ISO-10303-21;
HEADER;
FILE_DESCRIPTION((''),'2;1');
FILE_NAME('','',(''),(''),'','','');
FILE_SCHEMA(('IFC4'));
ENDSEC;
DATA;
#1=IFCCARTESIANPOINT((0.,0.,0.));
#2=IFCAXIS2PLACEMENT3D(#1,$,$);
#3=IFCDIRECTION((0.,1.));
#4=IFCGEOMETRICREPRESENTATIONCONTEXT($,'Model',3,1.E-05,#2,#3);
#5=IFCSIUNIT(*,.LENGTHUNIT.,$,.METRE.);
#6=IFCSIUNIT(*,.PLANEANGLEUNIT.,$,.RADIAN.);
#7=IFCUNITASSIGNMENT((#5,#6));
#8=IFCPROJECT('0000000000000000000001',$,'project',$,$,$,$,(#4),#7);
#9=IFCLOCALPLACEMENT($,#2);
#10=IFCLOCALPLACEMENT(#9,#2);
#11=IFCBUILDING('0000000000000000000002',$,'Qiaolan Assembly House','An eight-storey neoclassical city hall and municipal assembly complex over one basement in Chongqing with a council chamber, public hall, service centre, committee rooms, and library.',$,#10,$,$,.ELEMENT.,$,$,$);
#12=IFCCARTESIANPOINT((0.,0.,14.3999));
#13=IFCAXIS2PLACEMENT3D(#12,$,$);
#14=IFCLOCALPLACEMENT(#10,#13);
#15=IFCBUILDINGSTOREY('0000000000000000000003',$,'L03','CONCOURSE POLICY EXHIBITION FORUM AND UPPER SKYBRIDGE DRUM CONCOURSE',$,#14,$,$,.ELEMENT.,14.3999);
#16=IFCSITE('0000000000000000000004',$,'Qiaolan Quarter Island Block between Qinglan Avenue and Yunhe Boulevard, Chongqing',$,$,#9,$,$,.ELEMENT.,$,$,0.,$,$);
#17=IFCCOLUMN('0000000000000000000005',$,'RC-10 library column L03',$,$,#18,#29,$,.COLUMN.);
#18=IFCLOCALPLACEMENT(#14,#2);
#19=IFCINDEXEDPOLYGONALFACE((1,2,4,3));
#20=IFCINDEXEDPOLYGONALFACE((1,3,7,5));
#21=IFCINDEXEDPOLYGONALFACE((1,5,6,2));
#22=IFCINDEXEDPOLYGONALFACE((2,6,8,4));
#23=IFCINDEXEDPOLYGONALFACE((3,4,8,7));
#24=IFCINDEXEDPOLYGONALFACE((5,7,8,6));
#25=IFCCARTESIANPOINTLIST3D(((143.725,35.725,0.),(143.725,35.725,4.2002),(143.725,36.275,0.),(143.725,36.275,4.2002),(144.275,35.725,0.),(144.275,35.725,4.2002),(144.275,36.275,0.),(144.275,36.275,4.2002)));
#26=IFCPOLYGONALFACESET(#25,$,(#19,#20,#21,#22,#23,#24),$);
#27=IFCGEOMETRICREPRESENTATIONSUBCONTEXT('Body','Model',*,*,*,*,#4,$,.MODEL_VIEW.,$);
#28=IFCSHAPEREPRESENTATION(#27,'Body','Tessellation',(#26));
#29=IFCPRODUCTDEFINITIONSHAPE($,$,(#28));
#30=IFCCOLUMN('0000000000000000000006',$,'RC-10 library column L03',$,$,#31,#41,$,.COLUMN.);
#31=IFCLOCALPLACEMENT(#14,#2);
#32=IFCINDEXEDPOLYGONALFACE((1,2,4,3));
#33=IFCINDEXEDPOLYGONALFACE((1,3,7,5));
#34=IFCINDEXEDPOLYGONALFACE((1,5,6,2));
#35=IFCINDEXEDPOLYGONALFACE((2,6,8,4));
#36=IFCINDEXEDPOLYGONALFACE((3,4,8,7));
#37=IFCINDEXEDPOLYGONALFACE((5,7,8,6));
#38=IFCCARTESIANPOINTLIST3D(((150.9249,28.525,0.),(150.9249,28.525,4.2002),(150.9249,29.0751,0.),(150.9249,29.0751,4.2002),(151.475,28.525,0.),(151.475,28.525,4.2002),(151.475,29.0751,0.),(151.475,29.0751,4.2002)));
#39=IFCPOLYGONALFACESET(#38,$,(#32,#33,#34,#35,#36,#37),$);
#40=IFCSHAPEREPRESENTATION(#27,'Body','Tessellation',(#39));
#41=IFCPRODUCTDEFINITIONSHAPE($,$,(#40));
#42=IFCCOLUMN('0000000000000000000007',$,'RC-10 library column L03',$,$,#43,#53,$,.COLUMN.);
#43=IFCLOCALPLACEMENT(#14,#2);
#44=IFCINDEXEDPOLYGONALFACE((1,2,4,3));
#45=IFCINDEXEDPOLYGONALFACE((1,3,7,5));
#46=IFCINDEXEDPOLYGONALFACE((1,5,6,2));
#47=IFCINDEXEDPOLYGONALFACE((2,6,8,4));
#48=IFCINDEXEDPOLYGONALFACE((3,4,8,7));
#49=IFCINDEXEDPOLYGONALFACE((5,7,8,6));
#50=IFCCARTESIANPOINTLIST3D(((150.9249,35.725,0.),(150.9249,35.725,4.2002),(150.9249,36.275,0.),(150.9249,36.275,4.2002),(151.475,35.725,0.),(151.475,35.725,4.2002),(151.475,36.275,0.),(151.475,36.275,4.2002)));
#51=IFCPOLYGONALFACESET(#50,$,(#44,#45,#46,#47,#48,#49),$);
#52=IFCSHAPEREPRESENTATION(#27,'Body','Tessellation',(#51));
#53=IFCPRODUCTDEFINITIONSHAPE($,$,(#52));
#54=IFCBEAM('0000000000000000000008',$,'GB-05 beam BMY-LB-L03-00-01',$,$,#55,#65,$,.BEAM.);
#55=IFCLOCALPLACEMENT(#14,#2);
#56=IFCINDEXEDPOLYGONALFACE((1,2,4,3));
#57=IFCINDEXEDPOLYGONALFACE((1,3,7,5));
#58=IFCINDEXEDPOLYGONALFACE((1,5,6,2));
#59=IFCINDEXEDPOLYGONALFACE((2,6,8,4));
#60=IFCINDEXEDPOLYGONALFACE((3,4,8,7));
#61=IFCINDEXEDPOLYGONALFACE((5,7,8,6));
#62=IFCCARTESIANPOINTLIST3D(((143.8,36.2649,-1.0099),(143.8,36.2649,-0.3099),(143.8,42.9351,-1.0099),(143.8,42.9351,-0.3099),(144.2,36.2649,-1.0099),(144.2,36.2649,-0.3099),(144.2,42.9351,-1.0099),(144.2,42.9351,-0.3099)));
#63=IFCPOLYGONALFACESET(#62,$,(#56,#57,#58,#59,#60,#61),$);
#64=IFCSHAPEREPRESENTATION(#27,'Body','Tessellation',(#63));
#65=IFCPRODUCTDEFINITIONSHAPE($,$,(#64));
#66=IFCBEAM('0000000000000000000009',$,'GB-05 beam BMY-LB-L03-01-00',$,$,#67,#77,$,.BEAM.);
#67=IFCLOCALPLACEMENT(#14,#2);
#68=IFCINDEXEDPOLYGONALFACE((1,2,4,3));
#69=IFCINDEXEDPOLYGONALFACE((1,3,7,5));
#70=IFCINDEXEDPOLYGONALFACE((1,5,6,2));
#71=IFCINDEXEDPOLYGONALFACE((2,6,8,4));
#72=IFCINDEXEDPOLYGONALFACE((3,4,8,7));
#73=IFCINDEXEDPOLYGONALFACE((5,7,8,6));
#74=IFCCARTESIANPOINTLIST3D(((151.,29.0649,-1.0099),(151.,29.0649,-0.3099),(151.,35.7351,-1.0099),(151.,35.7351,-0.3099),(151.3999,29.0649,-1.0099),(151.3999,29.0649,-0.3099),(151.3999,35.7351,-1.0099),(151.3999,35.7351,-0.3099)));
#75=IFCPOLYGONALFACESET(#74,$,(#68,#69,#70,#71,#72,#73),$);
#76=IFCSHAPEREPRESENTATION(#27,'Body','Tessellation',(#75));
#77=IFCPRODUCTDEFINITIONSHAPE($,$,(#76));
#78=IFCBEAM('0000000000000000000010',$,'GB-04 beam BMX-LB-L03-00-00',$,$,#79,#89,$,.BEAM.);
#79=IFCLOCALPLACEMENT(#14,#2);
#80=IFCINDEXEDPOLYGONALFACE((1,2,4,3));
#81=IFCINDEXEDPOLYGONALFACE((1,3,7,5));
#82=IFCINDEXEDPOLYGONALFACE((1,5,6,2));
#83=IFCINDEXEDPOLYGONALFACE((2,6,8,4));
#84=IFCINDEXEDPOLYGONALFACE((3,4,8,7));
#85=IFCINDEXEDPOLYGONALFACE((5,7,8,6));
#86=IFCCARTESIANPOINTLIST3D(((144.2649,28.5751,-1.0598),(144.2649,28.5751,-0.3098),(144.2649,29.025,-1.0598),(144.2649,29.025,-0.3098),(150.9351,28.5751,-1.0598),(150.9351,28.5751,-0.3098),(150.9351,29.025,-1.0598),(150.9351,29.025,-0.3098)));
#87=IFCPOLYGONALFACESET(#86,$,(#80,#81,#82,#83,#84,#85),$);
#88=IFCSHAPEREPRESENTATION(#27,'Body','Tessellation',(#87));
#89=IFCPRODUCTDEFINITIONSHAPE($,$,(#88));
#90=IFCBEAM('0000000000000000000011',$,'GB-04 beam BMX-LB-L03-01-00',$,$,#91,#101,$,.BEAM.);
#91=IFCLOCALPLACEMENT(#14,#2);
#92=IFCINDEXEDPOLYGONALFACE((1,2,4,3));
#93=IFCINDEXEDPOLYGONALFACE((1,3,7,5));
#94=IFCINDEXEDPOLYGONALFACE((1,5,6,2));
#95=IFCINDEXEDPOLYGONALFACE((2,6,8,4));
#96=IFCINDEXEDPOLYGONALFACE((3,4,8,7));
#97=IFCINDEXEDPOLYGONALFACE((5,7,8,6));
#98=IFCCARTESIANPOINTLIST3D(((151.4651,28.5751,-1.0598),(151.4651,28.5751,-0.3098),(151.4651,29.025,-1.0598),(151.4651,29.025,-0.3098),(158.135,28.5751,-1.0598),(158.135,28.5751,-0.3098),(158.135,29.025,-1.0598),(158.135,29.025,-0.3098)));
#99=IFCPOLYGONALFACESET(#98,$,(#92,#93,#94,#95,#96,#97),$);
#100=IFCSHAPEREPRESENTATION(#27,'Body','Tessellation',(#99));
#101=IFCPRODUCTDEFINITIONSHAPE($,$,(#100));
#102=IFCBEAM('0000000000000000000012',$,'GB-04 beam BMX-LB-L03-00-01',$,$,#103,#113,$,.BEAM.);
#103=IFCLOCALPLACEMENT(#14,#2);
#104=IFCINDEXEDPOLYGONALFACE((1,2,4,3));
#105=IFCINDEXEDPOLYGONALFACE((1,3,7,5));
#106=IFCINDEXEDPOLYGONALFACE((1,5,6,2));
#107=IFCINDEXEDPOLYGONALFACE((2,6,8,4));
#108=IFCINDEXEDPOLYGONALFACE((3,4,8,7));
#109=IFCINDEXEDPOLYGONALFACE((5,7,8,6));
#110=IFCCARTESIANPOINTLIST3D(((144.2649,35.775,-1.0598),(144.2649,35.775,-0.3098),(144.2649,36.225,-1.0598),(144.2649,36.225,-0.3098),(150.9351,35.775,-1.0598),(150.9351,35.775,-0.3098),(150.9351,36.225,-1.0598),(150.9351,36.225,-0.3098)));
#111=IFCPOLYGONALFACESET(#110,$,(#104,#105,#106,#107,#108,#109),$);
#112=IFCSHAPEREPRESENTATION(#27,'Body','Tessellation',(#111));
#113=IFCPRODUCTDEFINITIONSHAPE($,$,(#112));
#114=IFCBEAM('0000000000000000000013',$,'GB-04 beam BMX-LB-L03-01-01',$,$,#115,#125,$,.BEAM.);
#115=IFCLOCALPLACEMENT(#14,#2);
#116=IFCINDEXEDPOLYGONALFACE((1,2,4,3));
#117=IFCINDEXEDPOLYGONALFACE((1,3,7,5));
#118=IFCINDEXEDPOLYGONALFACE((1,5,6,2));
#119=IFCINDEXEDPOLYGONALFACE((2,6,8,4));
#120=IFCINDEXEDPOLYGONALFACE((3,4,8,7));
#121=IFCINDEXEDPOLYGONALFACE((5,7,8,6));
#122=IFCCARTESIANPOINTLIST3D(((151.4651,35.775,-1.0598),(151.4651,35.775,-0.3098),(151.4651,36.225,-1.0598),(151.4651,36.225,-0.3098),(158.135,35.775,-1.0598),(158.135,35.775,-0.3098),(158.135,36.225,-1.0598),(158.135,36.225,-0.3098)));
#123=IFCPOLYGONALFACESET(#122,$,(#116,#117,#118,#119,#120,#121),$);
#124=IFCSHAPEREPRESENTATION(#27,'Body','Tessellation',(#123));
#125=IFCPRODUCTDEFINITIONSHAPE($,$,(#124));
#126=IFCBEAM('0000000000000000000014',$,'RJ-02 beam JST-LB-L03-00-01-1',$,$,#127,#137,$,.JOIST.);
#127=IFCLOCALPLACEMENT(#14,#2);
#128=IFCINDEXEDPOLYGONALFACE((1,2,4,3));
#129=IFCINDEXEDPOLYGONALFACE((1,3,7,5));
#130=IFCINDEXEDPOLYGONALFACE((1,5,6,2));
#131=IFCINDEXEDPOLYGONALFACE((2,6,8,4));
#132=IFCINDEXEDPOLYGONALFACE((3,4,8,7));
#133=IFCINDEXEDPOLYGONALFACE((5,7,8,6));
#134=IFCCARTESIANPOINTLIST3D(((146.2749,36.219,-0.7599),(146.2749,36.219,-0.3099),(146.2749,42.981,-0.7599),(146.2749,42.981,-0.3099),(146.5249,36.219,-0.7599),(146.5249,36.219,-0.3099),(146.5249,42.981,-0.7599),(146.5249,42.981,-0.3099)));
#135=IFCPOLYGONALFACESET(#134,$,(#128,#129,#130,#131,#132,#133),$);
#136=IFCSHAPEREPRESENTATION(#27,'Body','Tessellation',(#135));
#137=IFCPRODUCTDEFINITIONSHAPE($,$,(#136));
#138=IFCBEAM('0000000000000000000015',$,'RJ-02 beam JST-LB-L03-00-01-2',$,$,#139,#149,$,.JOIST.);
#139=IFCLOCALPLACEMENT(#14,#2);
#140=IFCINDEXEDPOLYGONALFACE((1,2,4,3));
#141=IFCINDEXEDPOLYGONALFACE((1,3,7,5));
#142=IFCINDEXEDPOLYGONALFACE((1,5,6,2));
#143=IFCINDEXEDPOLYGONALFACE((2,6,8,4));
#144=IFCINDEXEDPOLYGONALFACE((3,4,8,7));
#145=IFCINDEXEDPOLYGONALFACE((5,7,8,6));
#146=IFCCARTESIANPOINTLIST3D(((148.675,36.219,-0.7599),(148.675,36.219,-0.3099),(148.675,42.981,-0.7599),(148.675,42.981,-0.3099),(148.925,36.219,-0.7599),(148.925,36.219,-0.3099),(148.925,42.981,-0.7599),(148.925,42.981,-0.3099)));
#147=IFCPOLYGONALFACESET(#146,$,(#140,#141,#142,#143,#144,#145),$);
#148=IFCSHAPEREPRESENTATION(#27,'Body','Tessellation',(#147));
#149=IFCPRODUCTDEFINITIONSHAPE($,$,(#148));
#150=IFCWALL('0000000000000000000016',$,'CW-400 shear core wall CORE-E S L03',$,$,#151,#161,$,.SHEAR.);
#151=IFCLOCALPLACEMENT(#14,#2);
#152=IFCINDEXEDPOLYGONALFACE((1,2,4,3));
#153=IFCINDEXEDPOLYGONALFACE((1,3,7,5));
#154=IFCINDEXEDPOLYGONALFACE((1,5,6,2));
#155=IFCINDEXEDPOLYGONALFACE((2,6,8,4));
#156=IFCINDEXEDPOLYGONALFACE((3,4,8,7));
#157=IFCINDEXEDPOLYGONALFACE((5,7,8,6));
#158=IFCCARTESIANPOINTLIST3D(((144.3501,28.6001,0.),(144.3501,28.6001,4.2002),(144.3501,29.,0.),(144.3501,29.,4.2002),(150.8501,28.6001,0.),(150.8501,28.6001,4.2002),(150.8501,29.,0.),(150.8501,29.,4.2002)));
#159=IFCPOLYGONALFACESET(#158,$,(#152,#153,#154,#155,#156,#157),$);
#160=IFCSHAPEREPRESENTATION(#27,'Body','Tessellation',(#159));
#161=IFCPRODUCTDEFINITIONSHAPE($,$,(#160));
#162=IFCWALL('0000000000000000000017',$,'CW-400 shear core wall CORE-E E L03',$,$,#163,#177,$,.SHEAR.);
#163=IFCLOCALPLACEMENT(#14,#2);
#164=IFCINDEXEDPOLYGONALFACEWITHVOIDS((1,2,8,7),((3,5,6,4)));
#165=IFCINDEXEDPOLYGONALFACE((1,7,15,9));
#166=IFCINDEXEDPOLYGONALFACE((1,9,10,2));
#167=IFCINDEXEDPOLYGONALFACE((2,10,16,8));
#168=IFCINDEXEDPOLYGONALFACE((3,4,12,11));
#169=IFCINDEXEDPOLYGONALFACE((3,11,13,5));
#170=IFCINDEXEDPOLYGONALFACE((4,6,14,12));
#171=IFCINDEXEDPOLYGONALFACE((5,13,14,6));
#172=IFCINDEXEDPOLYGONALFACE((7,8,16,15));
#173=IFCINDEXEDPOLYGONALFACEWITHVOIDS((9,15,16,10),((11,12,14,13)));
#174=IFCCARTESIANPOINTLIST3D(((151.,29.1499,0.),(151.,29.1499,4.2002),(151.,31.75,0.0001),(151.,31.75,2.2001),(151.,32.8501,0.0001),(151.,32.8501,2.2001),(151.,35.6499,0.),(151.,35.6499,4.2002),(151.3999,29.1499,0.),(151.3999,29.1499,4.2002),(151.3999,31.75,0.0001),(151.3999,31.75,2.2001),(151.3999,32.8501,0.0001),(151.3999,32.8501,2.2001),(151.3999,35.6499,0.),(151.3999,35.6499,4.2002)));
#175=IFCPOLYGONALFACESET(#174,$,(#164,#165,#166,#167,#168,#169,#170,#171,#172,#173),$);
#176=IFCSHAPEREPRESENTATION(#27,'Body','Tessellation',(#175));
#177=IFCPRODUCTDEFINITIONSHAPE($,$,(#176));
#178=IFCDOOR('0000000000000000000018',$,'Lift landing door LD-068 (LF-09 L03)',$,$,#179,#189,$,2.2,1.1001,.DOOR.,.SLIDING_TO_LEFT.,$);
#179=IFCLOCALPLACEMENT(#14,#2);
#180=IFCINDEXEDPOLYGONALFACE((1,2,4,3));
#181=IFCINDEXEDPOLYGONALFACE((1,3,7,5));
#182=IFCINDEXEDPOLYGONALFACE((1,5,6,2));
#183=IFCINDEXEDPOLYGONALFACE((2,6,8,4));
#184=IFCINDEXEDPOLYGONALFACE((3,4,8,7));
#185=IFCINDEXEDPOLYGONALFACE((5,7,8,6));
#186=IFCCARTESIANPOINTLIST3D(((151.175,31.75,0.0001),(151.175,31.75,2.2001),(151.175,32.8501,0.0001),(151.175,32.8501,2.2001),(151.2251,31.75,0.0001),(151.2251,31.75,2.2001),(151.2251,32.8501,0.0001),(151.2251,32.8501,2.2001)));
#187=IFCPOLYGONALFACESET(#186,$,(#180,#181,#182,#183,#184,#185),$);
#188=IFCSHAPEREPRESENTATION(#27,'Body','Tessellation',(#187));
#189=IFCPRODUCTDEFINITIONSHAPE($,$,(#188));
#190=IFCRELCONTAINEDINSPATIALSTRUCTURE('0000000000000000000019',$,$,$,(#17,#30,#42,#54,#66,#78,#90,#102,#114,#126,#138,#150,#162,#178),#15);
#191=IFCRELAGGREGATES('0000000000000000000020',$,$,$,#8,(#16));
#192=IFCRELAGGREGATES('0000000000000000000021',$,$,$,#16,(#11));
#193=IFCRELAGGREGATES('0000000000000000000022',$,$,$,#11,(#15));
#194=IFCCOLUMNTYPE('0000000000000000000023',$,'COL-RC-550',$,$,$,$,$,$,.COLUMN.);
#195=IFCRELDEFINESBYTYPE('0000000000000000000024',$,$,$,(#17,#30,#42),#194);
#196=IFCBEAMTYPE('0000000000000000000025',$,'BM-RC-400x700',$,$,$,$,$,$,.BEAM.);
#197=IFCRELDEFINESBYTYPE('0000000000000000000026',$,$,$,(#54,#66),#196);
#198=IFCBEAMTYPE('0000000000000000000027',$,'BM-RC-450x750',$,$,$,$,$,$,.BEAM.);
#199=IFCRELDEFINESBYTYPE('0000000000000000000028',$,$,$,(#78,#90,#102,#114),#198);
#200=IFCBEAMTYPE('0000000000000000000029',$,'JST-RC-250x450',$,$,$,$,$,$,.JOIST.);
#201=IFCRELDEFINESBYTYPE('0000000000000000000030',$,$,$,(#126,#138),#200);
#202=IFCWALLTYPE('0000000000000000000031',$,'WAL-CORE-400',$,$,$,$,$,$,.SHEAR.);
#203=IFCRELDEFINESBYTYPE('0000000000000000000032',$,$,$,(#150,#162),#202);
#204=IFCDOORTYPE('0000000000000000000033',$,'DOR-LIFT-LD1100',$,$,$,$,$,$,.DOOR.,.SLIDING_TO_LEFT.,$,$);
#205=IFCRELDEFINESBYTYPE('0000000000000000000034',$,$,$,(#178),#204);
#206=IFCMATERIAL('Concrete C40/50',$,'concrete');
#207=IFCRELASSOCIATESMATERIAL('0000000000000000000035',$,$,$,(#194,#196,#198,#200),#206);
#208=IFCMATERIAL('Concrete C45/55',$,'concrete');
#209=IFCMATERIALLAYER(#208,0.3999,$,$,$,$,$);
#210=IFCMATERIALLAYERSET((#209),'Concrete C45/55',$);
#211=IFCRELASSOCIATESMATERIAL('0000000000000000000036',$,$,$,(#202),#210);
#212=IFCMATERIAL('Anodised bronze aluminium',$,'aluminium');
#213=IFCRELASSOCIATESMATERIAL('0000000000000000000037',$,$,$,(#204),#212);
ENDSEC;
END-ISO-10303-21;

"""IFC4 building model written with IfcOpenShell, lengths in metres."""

from ifc_helpers import new_model, si_unit, direction, frame, frame_2d, origin, origin_2d, place, context, subcontext, project, spatial, rectangle, extrude, material, layer, layer_set, material_profile, profile_set, type_object, element, fill, save


model = new_model("IFC4")

# Units and contexts
model_context = context("Model", 3, precision=1e-05, world=origin(), true_north=direction((0.0, 1.0)))
body_context = subcontext(model_context, "Body", "Model", "MODEL_VIEW")
ifc_project = project(units=[si_unit("LENGTHUNIT", "METRE"), si_unit("PLANEANGLEUNIT", "RADIAN")], contexts=[model_context])

# Site, building, storey
site_placement = place(None, origin())
site = spatial("IfcSite", under=ifc_project, at=site_placement, Name="Qiaolan Quarter Island Block between Qinglan Avenue and Yunhe Boulevard, Chongqing", CompositionType="ELEMENT", RefElevation=0.0)
building_placement = place(site_placement, origin())
building = spatial("IfcBuilding", under=site, at=building_placement, Name="Qiaolan Assembly House", Description="An eight-storey neoclassical city hall and municipal assembly complex over one basement in Chongqing with a council chamber, public hall, service centre, committee rooms, and library.", CompositionType="ELEMENT")
storey_placement = place(building_placement, frame((0.0, 0.0, 14.3999)))
storey = spatial("IfcBuildingStorey", under=building, at=storey_placement, Name="L03", Description="CONCOURSE POLICY EXHIBITION FORUM AND UPPER SKYBRIDGE DRUM CONCOURSE", CompositionType="ELEMENT", Elevation=14.3999)

# Columns
ifc_material_1 = material(Name="Concrete C40/50", Category="concrete")
ifc_material_profile_1 = material_profile(ifc_material_1, rectangle(XDim=0.55, YDim=0.55, at=origin_2d()), Name="RC 550x550")
ifc_profile_set_1 = profile_set([ifc_material_profile_1], Name="Concrete C40/50")
column_type = type_object("IfcColumnType", Name="COL-RC-550", PredefinedType="COLUMN", material=ifc_profile_set_1)
for number, where, z_axis, x_axis, name in (
    (1, (144.0, 36.0, 0.0), (0.0, 0.0, 1.0), (1.0, 0.0, 0.0), "RC-10 library column L03"),
    (2, (151.2, 28.8, 0.0), (0.0, 0.0, 1.0), (1.0, 0.0, 0.0), "RC-10 library column L03"),
    (3, (151.2, 36.0, 0.0), (0.0, 0.0, 1.0), (1.0, 0.0, 0.0), "RC-10 library column L03"),
):
    element("IfcColumn", number, at=place(storey_placement, frame(where, z_axis=z_axis, x_axis=x_axis)), inside=storey, type_object=column_type, Name=name, PredefinedType="COLUMN", context=body_context, shape_type="SweptSolid", body=[
        extrude(rectangle(XDim=0.55, YDim=0.55, at=origin_2d()), origin(), (0.0, 0.0, 1.0), 4.2002),
    ])

# Beams
ifc_material_profile_2 = material_profile(ifc_material_1, rectangle(XDim=0.3999, YDim=0.7, at=origin_2d()), Name="RCB 400x700")
ifc_profile_set_2 = profile_set([ifc_material_profile_2], Name="Concrete C40/50")
beam_type_1 = type_object("IfcBeamType", Name="BM-RC-400x700", PredefinedType="BEAM", material=ifc_profile_set_2)
for number, where, z_axis, x_axis, name in (
    (4, (144.0, 36.2649, -0.6599), (0.0, 1.0, 0.0), (-1.0, 0.0, 0.0), "GB-05 beam BMY-LB-L03-00-01"),
    (5, (151.2, 29.0649, -0.6599), (0.0, 1.0, 0.0), (-1.0, 0.0, 0.0), "GB-05 beam BMY-LB-L03-01-00"),
):
    element("IfcBeam", number, at=place(storey_placement, frame(where, z_axis=z_axis, x_axis=x_axis)), inside=storey, type_object=beam_type_1, Name=name, PredefinedType="BEAM", context=body_context, shape_type="SweptSolid", body=[
        extrude(rectangle(XDim=0.3999, YDim=0.7, at=origin_2d()), origin(), (0.0, 0.0, 1.0), 6.6702),
    ])
ifc_material_profile_3 = material_profile(ifc_material_1, rectangle(XDim=0.45, YDim=0.75, at=origin_2d()), Name="RCB 450x750")
ifc_profile_set_3 = profile_set([ifc_material_profile_3], Name="Concrete C40/50")
beam_type_2 = type_object("IfcBeamType", Name="BM-RC-450x750", PredefinedType="BEAM", material=ifc_profile_set_3)
beam_1_placement = place(storey_placement, frame((144.2649, 28.8, -0.6848), z_axis=(1.0, 0.0, 0.0), x_axis=(0.0, 1.0, 0.0)))
element("IfcBeam", 6, at=beam_1_placement, inside=storey, type_object=beam_type_2, Name="GB-04 beam BMX-LB-L03-00-00", PredefinedType="BEAM", context=body_context, shape_type="SweptSolid", body=[
    extrude(rectangle(XDim=0.45, YDim=0.75, at=origin_2d()), origin(), (0.0, 0.0, 1.0), 6.6702),
])
beam_2_placement = place(storey_placement, frame((151.4651, 28.8, -0.6848), z_axis=(1.0, 0.0, 0.0), x_axis=(0.0, 1.0, 0.0)))
element("IfcBeam", 7, at=beam_2_placement, inside=storey, type_object=beam_type_2, Name="GB-04 beam BMX-LB-L03-01-00", PredefinedType="BEAM", context=body_context, shape_type="SweptSolid", body=[
    extrude(rectangle(XDim=0.45, YDim=0.75, at=origin_2d()), origin(), (0.0, 0.0, 1.0), 6.6699),
])
beam_3_placement = place(storey_placement, frame((144.2649, 36.0, -0.6848), z_axis=(1.0, 0.0, 0.0), x_axis=(0.0, 1.0, 0.0)))
element("IfcBeam", 8, at=beam_3_placement, inside=storey, type_object=beam_type_2, Name="GB-04 beam BMX-LB-L03-00-01", PredefinedType="BEAM", context=body_context, shape_type="SweptSolid", body=[
    extrude(rectangle(XDim=0.45, YDim=0.75, at=origin_2d()), origin(), (0.0, 0.0, 1.0), 6.6702),
])
beam_4_placement = place(storey_placement, frame((151.4651, 36.0, -0.6848), z_axis=(1.0, 0.0, 0.0), x_axis=(0.0, 1.0, 0.0)))
element("IfcBeam", 9, at=beam_4_placement, inside=storey, type_object=beam_type_2, Name="GB-04 beam BMX-LB-L03-01-01", PredefinedType="BEAM", context=body_context, shape_type="SweptSolid", body=[
    extrude(rectangle(XDim=0.45, YDim=0.75, at=origin_2d()), origin(), (0.0, 0.0, 1.0), 6.6699),
])
ifc_material_profile_4 = material_profile(ifc_material_1, rectangle(XDim=0.25, YDim=0.45, at=origin_2d()), Name="RCB 250x450")
ifc_profile_set_4 = profile_set([ifc_material_profile_4], Name="Concrete C40/50")
beam_type_3 = type_object("IfcBeamType", Name="JST-RC-250x450", PredefinedType="JOIST", material=ifc_profile_set_4)
for number, where, z_axis, x_axis, name in (
    (10, (146.3999, 36.219, -0.5349), (0.0, 1.0, 0.0), (-1.0, 0.0, 0.0), "RJ-02 beam JST-LB-L03-00-01-1"),
    (11, (148.8, 36.219, -0.5349), (0.0, 1.0, 0.0), (-1.0, 0.0, 0.0), "RJ-02 beam JST-LB-L03-00-01-2"),
):
    element("IfcBeam", number, at=place(storey_placement, frame(where, z_axis=z_axis, x_axis=x_axis)), inside=storey, type_object=beam_type_3, Name=name, PredefinedType="JOIST", context=body_context, shape_type="SweptSolid", body=[
        extrude(rectangle(XDim=0.25, YDim=0.45, at=origin_2d()), origin(), (0.0, 0.0, 1.0), 6.762),
    ])

# Wall
ifc_material_2 = material(Name="Concrete C45/55", Category="concrete")
ifc_layer_1 = layer(ifc_material_2, 0.3999)
ifc_layer_set_1 = layer_set([ifc_layer_1], Name="Concrete C45/55")
wall_type_1 = type_object("IfcWallType", Name="WAL-CORE-400", PredefinedType="SHEAR", material=ifc_layer_set_1)
wall_1_placement = place(storey_placement, frame((144.3501, 28.8, 0.0), z_axis=(0.0, 0.0, 1.0), x_axis=(1.0, 0.0, 0.0)))
element("IfcWall", 12, at=wall_1_placement, inside=storey, type_object=wall_type_1, Name="CW-400 shear core wall CORE-E S L03", PredefinedType="SHEAR", context=body_context, shape_type="SweptSolid", body=[
    extrude(rectangle(XDim=6.5, YDim=0.3999, at=frame_2d((3.25, 0.0))), origin(), (0.0, 0.0, 1.0), 4.2002),
])

# Wall, opening, door
wall_2_placement = place(storey_placement, frame((151.2, 29.1499, 0.0), z_axis=(0.0, 0.0, 1.0), x_axis=(0.0, 1.0, 0.0)))
wall_2 = element("IfcWall", 13, at=wall_2_placement, inside=storey, type_object=wall_type_1, Name="CW-400 shear core wall CORE-E E L03", PredefinedType="SHEAR", context=body_context, shape_type="SweptSolid", body=[
    extrude(rectangle(XDim=6.5, YDim=0.3999, at=frame_2d((3.25, 0.0))), origin(), (0.0, 0.0, 1.0), 4.2002),
])
opening_1_placement = place(wall_2_placement, frame((2.6001, 0.0, 0.0)))
opening_1 = element("IfcOpeningElement", 14, at=opening_1_placement, cuts=wall_2, PredefinedType="OPENING", context=body_context, shape_type="SweptSolid", body=[
    extrude(rectangle(XDim=1.1001, YDim=2.2, at=frame_2d((0.55, 1.1001))), frame((0.0, 0.21, 0.0), z_axis=(0.0, -1.0, 0.0), x_axis=(1.0, 0.0, 0.0)), (0.0, 0.0, 1.0), 0.4199),
])
ifc_material_3 = material(Name="Anodised bronze aluminium", Category="aluminium")
door_type_1 = type_object("IfcDoorType", Name="DOR-LIFT-LD1100", OperationType="SLIDING_TO_LEFT", PredefinedType="DOOR", material=ifc_material_3)
door_1_placement = place(opening_1_placement, origin())
door_1 = element("IfcDoor", 15, at=door_1_placement, inside=storey, type_object=door_type_1, Name="Lift landing door LD-068 (LF-09 L03)", OperationType="SLIDING_TO_LEFT", OverallHeight=2.2, OverallWidth=1.1001, PredefinedType="DOOR", context=body_context, shape_type="SweptSolid", body=[
    extrude(rectangle(XDim=1.1001, YDim=2.2, at=frame_2d((0.55, 1.1001))), frame((0.0, 0.0249, 0.0), z_axis=(0.0, -1.0, 0.0), x_axis=(1.0, 0.0, 0.0)), (0.0, 0.0, 1.0), 0.05),
])
fill(opening_1, door_1)

save(model, "model.ifc")
